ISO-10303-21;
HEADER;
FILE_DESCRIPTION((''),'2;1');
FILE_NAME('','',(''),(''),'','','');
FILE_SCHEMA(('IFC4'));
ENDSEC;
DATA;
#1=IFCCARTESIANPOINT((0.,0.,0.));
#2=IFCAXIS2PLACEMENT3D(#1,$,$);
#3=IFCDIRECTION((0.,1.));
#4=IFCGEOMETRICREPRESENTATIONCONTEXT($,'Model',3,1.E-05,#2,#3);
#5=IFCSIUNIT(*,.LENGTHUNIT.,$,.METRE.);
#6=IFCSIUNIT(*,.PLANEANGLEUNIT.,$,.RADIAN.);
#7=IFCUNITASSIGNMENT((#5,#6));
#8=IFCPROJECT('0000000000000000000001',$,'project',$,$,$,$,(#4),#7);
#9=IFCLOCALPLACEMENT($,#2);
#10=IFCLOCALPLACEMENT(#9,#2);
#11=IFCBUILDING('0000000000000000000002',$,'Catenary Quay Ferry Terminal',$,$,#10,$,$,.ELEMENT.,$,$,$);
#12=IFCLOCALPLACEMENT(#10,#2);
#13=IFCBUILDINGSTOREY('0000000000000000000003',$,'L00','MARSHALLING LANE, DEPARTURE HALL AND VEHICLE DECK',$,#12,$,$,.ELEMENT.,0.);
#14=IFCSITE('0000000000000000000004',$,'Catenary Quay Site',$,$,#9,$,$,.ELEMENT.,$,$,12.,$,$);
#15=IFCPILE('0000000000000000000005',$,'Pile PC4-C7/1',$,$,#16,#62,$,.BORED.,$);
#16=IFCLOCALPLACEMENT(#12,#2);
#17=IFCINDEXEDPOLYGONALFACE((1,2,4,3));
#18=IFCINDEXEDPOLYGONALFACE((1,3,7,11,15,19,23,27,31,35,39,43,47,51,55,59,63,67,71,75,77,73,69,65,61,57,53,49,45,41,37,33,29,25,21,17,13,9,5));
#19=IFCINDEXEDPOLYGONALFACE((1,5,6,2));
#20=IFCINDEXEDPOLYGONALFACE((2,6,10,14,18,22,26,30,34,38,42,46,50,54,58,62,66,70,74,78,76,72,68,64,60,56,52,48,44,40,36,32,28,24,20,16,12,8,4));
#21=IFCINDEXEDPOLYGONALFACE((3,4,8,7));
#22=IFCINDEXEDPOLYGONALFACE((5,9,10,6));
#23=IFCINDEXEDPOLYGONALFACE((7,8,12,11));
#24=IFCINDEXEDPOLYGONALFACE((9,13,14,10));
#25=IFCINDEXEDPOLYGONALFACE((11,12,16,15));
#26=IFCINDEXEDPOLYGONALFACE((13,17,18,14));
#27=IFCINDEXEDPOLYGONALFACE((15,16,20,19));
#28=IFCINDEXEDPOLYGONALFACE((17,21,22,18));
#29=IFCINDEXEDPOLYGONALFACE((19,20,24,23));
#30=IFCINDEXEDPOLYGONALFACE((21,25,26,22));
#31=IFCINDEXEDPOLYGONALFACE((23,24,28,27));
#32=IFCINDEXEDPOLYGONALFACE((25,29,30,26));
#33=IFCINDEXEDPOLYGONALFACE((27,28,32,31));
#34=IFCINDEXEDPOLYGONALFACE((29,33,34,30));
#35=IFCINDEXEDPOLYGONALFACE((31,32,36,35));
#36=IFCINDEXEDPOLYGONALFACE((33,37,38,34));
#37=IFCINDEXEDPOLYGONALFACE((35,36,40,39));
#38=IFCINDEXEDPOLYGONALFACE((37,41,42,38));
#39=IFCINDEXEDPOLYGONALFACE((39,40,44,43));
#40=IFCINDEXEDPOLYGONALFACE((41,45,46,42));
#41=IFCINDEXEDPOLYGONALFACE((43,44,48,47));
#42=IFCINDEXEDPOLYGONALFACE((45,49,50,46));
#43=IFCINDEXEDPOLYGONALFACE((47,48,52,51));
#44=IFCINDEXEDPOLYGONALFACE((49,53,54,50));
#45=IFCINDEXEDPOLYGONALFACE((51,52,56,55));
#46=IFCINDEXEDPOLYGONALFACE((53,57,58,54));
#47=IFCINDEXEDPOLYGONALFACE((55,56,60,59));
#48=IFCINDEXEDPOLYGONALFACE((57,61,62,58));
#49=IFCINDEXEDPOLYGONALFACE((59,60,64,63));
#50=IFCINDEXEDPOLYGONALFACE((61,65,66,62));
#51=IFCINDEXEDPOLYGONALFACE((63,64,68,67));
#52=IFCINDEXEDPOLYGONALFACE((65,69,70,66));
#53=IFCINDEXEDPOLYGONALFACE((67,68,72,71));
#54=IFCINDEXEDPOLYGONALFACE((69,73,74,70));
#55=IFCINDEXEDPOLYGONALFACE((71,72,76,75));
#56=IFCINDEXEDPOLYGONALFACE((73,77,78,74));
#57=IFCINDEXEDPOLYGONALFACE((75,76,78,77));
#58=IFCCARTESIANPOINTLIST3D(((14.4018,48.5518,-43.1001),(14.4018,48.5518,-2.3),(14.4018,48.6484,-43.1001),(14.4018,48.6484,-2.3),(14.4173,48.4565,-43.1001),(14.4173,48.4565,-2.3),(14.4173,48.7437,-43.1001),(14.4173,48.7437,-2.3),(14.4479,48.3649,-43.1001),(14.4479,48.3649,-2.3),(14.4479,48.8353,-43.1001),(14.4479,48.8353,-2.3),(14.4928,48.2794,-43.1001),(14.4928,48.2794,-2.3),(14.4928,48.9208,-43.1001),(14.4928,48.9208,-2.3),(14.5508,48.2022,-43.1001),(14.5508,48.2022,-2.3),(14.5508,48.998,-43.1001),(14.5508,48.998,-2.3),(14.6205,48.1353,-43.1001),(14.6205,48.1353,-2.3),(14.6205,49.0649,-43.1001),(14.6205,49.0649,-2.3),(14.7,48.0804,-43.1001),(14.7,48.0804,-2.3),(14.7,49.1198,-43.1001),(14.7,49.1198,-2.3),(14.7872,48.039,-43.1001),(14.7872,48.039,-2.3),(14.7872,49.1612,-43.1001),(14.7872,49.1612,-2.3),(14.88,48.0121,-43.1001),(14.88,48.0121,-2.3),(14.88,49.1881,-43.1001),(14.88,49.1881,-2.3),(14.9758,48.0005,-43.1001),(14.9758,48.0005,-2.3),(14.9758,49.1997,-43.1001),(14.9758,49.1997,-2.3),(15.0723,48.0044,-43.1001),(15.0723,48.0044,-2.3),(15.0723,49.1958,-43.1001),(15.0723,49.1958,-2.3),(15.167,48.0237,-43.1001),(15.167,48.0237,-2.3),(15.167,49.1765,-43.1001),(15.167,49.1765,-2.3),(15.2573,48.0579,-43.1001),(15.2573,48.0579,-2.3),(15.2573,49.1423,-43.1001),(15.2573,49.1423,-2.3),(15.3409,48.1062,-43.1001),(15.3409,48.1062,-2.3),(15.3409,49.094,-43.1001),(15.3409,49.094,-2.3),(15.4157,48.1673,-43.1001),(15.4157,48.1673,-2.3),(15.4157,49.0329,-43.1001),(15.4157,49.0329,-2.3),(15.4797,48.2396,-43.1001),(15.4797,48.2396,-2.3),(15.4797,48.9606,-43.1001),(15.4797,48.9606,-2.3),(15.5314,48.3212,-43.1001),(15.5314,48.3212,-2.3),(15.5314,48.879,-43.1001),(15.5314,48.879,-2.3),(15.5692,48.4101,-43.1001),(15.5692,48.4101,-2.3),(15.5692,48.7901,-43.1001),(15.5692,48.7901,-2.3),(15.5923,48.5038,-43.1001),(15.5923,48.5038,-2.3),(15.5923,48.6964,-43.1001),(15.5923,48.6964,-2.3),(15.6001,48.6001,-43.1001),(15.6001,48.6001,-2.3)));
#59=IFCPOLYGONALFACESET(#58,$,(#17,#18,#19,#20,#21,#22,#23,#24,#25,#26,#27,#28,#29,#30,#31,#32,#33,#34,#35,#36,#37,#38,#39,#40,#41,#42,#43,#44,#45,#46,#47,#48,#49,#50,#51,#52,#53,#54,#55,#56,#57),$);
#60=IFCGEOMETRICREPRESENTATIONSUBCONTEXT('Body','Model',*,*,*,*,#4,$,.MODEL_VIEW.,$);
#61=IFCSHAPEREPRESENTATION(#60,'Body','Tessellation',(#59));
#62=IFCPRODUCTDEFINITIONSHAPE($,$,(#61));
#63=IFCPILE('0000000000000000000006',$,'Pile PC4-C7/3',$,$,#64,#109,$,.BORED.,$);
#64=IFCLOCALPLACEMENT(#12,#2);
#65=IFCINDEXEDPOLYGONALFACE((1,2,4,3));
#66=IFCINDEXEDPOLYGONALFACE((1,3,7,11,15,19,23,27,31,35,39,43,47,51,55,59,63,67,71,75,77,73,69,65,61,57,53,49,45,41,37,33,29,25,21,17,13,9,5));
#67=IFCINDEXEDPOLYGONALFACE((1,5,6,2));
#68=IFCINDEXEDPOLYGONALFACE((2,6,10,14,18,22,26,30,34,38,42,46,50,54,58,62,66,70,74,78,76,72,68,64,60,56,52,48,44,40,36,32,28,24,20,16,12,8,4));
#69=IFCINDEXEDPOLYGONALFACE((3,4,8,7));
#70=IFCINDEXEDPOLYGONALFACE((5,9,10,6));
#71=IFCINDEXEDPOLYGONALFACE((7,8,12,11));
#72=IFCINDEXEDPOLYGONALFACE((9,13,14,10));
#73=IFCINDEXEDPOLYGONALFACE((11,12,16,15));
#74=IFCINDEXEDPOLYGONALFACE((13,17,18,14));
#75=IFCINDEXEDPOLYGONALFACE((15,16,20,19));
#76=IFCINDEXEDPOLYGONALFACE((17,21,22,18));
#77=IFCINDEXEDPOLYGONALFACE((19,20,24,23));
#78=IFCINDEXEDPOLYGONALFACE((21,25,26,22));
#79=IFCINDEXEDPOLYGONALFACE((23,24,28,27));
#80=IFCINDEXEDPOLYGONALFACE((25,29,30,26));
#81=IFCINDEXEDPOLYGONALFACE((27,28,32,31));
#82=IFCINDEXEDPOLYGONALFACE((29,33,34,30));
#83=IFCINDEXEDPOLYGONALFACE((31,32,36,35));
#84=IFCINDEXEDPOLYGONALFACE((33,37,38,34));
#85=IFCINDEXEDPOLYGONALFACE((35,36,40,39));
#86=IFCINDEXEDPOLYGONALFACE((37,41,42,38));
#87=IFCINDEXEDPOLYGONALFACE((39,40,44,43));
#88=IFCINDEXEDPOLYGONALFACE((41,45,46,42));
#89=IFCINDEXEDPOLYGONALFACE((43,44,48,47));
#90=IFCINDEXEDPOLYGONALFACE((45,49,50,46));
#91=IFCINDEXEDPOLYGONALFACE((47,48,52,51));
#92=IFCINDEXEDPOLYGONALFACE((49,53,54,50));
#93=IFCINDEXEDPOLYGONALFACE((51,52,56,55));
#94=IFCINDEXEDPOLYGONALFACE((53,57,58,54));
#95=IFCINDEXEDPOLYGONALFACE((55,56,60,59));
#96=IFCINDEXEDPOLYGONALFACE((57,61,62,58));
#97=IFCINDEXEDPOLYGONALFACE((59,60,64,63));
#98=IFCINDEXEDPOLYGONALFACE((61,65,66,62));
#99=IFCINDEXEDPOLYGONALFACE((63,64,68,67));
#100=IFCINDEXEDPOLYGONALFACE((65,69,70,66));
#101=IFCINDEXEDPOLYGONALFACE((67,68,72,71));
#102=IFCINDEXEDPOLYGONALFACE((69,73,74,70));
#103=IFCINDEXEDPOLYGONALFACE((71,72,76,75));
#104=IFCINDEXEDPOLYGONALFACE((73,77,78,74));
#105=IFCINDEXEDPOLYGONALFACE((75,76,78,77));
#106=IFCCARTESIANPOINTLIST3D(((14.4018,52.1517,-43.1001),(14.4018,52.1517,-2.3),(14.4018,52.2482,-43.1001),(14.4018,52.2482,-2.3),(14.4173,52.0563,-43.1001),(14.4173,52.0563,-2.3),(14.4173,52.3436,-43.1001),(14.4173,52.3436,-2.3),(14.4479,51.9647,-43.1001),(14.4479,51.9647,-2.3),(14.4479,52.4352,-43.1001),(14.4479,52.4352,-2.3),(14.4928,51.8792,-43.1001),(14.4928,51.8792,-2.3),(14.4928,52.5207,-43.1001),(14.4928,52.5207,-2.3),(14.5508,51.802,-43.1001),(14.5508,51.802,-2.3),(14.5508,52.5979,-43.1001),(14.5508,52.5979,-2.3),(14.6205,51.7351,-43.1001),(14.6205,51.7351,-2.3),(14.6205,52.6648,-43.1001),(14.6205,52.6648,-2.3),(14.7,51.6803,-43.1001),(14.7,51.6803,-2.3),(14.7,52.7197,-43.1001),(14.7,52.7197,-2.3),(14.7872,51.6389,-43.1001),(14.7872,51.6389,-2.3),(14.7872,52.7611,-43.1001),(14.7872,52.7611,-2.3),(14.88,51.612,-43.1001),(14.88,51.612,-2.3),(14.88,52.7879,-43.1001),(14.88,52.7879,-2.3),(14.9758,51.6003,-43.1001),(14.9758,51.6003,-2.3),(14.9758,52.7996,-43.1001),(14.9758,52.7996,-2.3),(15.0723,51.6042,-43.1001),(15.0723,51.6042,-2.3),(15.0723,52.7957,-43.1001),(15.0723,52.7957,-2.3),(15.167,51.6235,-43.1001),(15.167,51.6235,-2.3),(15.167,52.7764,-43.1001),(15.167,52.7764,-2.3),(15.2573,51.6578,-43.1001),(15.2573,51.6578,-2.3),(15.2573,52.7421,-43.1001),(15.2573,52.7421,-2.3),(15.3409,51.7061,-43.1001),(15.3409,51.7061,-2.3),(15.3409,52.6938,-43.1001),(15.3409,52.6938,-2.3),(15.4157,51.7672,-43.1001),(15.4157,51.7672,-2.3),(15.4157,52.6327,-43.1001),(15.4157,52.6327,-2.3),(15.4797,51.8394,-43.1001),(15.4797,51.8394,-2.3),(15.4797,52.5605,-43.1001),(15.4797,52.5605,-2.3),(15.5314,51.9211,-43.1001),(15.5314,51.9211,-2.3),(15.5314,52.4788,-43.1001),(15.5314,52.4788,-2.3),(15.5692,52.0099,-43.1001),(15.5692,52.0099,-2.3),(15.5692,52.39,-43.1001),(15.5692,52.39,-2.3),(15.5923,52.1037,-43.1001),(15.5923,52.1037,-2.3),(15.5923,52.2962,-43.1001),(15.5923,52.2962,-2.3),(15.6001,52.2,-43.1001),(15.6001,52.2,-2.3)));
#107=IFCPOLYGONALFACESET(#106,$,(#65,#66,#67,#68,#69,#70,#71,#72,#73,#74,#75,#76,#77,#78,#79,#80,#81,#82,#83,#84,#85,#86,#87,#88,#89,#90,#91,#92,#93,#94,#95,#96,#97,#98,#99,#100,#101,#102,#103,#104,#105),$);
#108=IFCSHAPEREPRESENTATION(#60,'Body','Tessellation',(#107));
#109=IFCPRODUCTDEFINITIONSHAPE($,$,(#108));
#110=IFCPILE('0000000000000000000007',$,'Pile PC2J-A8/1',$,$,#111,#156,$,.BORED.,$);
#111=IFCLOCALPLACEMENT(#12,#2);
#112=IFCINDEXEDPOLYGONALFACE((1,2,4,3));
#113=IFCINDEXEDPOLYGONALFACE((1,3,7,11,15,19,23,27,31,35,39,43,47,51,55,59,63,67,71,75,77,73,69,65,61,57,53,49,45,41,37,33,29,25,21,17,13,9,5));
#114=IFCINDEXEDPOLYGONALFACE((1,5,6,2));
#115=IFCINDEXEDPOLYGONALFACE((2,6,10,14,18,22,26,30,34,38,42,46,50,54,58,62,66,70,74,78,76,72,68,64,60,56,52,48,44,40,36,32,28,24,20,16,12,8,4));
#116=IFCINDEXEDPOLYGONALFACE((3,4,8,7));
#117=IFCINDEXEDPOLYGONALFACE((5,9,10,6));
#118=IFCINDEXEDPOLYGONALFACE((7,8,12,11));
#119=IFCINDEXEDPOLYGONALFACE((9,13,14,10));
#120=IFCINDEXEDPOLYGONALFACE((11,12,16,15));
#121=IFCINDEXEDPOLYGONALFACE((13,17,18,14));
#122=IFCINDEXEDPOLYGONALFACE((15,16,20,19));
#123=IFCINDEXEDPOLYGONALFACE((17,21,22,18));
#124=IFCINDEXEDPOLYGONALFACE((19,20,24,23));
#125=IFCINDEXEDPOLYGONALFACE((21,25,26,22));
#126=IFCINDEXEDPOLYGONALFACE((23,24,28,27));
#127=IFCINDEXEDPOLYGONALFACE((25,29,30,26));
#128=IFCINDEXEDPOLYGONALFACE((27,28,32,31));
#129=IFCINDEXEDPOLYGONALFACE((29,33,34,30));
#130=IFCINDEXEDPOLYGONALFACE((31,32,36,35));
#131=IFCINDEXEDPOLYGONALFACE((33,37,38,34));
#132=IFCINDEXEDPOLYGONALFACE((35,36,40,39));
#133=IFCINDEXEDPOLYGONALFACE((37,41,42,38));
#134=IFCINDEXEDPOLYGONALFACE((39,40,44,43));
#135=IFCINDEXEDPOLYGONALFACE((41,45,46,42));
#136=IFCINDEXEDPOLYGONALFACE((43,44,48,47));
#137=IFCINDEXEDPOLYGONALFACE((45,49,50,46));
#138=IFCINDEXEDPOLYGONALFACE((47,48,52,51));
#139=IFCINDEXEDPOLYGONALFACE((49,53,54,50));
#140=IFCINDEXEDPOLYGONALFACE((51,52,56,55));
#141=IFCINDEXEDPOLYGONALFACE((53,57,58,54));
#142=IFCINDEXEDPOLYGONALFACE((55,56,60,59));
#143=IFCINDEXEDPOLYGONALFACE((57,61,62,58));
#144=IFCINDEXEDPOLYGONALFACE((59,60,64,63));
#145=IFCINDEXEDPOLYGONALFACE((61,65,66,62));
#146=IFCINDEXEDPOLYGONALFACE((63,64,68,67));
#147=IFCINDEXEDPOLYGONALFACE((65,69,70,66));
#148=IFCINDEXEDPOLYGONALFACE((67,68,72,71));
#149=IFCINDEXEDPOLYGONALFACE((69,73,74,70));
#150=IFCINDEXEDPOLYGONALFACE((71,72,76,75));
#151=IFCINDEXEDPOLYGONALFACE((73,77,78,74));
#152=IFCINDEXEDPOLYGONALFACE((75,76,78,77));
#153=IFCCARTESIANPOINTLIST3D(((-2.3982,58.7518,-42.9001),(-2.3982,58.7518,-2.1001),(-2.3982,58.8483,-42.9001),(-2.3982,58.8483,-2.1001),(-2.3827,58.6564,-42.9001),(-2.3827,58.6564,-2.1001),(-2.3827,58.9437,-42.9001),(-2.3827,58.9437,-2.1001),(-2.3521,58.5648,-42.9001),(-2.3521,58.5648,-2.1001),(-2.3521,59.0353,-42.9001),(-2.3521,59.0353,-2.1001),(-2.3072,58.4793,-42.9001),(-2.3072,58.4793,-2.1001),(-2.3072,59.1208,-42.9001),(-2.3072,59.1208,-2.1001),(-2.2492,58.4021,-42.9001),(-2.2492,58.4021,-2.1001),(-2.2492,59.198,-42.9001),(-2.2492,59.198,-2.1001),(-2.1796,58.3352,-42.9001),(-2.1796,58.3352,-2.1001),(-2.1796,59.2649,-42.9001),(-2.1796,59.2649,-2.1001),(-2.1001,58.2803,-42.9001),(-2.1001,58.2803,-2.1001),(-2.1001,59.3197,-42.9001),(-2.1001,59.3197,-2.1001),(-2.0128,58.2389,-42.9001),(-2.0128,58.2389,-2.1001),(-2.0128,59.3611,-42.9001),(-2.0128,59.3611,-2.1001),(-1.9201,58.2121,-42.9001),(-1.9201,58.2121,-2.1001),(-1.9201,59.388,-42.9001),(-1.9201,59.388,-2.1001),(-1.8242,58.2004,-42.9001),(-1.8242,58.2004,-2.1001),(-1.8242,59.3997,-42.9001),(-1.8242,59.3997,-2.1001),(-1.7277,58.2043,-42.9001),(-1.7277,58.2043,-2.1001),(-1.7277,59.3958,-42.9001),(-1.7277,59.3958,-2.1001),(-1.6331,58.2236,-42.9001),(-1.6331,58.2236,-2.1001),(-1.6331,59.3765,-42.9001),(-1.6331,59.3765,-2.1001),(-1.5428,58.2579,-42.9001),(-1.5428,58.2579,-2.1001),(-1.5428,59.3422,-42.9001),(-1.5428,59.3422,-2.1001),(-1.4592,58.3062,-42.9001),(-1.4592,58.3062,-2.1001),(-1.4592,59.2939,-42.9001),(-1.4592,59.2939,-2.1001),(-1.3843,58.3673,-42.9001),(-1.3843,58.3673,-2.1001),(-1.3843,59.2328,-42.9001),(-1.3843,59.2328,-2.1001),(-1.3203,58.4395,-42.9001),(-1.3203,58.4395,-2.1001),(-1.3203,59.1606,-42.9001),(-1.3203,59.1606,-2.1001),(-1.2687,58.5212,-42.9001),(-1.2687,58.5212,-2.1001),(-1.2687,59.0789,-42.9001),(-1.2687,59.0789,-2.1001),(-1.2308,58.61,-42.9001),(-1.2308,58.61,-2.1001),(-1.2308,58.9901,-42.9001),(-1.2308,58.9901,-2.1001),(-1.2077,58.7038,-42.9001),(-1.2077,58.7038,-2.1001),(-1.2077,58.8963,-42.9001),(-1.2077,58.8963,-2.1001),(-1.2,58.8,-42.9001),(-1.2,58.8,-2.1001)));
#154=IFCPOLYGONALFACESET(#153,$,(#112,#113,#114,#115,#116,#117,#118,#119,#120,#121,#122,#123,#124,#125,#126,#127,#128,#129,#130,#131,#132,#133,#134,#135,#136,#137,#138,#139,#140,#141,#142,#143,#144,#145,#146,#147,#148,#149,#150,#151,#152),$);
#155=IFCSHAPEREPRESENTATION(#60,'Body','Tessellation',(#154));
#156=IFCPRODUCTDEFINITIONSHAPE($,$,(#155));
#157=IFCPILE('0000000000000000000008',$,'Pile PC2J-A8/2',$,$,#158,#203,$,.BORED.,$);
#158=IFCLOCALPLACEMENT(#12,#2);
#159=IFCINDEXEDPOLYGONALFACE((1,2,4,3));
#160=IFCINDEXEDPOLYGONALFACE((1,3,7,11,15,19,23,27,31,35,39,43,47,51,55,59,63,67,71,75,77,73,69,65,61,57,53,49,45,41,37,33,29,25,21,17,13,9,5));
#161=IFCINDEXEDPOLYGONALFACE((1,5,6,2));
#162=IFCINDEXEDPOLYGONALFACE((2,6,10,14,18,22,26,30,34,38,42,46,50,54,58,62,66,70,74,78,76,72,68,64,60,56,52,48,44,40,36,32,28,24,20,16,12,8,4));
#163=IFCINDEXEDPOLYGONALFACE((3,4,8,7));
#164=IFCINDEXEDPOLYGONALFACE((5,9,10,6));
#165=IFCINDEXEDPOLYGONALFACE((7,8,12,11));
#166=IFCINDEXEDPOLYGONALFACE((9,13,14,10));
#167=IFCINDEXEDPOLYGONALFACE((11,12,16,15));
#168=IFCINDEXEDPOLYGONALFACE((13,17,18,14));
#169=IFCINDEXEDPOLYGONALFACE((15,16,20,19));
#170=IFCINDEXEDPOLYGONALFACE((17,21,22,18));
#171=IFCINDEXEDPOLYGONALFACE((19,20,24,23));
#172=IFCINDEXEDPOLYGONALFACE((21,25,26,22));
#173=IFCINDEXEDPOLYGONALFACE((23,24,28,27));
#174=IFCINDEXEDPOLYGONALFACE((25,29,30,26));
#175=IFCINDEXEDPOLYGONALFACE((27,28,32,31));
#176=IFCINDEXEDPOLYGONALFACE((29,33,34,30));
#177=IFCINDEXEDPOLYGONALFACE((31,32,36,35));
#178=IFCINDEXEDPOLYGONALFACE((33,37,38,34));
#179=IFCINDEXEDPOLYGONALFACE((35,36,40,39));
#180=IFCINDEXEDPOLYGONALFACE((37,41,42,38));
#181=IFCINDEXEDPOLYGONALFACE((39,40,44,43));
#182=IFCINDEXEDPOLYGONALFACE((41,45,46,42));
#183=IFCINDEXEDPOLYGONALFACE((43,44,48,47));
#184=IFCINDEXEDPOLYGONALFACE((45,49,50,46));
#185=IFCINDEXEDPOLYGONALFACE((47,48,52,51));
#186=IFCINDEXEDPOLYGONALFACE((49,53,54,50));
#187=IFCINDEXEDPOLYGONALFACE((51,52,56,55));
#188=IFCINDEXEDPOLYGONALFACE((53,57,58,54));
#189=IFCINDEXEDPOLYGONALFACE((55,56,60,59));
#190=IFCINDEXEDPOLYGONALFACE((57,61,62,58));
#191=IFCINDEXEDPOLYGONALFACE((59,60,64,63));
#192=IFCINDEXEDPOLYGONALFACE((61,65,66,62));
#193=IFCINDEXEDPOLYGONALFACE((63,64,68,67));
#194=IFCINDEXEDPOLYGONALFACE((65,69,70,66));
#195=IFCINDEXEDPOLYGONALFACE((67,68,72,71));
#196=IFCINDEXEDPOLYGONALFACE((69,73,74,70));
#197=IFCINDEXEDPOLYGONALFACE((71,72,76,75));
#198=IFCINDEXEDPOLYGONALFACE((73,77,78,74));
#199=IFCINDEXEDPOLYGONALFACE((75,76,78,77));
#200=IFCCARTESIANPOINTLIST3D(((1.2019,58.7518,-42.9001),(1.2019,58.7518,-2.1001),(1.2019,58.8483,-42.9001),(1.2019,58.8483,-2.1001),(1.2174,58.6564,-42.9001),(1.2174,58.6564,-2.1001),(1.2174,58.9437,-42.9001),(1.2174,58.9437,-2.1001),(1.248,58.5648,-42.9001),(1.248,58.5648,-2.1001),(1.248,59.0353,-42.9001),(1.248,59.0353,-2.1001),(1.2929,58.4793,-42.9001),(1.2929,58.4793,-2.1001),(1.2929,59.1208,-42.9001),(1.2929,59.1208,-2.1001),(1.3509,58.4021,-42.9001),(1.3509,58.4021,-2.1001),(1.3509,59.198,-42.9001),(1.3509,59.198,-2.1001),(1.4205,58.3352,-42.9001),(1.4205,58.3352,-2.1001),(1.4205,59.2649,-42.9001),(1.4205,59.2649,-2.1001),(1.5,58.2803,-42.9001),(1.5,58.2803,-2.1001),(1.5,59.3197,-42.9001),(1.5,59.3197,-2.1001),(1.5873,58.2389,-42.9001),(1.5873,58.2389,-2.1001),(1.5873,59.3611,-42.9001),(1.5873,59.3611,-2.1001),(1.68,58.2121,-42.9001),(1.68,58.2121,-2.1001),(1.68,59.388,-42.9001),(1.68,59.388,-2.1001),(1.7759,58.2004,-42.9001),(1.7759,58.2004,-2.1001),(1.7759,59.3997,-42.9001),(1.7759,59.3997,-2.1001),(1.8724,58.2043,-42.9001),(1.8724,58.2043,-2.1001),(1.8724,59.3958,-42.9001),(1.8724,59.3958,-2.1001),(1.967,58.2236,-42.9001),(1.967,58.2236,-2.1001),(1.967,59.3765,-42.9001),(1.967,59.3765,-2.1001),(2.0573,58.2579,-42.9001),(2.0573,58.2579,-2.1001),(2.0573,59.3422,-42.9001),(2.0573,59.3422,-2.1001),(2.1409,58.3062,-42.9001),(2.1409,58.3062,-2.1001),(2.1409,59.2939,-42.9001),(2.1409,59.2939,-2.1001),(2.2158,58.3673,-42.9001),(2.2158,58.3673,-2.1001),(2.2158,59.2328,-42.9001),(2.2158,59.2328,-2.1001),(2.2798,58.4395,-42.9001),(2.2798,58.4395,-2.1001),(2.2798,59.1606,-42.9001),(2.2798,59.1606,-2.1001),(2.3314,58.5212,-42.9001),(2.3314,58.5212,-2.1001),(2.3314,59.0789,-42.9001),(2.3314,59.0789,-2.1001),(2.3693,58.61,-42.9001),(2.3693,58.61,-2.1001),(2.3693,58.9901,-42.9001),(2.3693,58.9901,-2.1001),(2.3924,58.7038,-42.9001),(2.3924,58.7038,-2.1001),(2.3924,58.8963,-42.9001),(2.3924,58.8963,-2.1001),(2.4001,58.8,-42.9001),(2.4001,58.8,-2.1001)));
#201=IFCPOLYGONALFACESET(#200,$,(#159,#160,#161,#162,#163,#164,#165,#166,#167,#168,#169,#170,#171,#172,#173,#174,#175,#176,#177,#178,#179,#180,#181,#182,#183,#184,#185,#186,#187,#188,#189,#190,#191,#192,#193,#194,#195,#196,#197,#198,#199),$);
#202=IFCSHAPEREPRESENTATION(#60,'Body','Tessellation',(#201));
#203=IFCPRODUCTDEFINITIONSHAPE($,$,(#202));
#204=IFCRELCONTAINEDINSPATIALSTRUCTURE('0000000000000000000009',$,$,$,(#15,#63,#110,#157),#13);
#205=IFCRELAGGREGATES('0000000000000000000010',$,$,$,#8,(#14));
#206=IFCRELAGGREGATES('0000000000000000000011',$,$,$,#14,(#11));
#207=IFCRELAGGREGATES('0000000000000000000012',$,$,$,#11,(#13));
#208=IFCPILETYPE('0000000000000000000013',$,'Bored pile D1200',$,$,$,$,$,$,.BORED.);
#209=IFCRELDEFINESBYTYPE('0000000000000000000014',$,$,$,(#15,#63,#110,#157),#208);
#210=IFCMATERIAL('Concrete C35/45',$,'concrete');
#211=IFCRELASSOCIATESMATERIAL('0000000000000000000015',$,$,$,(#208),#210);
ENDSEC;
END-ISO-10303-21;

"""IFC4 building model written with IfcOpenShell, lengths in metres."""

from ifc_helpers import new_model, si_unit, direction, frame, origin, origin_2d, place, context, subcontext, project, spatial, circle, extrude, material, material_profile, profile_set, type_object, element, save


model = new_model("IFC4")

# Units and contexts
model_context = context("Model", 3, precision=1e-05, world=origin(), true_north=direction((0.0, 1.0)))
body_context = subcontext(model_context, "Body", "Model", "MODEL_VIEW")
ifc_project = project(units=[si_unit("LENGTHUNIT", "METRE"), si_unit("PLANEANGLEUNIT", "RADIAN")], contexts=[model_context])

# Site, building, storey
site_placement = place(None, origin())
site = spatial("IfcSite", under=ifc_project, at=site_placement, Name="Catenary Quay Site", CompositionType="ELEMENT", RefElevation=12.0)
building_placement = place(site_placement, origin())
building = spatial("IfcBuilding", under=site, at=building_placement, Name="Catenary Quay Ferry Terminal", CompositionType="ELEMENT")
storey_placement = place(building_placement, origin())
storey = spatial("IfcBuildingStorey", under=building, at=storey_placement, Name="L00", Description="MARSHALLING LANE, DEPARTURE HALL AND VEHICLE DECK", CompositionType="ELEMENT", Elevation=0.0)

# Piles
ifc_material_1 = material(Name="Concrete C35/45", Category="concrete")
ifc_material_profile_1 = material_profile(ifc_material_1, circle(Radius=0.6001, at=origin_2d()), Name="D1200")
ifc_profile_set_1 = profile_set([ifc_material_profile_1], Name="Concrete C35/45")
pile_type = type_object("IfcPileType", Name="Bored pile D1200", PredefinedType="BORED", material=ifc_profile_set_1)
for number, where, z_axis, x_axis, name in (
    (1, (15.0, 48.6001, -2.3), (0.0, 0.0, -1.0), (1.0, 0.0, 0.0), "Pile PC4-C7/1"),
    (2, (15.0, 52.2, -2.3), (0.0, 0.0, -1.0), (1.0, 0.0, 0.0), "Pile PC4-C7/3"),
    (3, (-1.8, 58.8, -2.1001), (0.0, 0.0, -1.0), (1.0, 0.0, 0.0), "Pile PC2J-A8/1"),
    (4, (1.8, 58.8, -2.1001), (0.0, 0.0, -1.0), (1.0, 0.0, 0.0), "Pile PC2J-A8/2"),
):
    element("IfcPile", number, at=place(storey_placement, frame(where, z_axis=z_axis, x_axis=x_axis)), inside=storey, type_object=pile_type, Name=name, PredefinedType="BORED", context=body_context, shape_type="SweptSolid", body=[
        extrude(circle(Radius=0.6001, at=origin_2d()), origin(), (0.0, 0.0, 1.0), 40.8),
    ])

save(model, "model.ifc")
